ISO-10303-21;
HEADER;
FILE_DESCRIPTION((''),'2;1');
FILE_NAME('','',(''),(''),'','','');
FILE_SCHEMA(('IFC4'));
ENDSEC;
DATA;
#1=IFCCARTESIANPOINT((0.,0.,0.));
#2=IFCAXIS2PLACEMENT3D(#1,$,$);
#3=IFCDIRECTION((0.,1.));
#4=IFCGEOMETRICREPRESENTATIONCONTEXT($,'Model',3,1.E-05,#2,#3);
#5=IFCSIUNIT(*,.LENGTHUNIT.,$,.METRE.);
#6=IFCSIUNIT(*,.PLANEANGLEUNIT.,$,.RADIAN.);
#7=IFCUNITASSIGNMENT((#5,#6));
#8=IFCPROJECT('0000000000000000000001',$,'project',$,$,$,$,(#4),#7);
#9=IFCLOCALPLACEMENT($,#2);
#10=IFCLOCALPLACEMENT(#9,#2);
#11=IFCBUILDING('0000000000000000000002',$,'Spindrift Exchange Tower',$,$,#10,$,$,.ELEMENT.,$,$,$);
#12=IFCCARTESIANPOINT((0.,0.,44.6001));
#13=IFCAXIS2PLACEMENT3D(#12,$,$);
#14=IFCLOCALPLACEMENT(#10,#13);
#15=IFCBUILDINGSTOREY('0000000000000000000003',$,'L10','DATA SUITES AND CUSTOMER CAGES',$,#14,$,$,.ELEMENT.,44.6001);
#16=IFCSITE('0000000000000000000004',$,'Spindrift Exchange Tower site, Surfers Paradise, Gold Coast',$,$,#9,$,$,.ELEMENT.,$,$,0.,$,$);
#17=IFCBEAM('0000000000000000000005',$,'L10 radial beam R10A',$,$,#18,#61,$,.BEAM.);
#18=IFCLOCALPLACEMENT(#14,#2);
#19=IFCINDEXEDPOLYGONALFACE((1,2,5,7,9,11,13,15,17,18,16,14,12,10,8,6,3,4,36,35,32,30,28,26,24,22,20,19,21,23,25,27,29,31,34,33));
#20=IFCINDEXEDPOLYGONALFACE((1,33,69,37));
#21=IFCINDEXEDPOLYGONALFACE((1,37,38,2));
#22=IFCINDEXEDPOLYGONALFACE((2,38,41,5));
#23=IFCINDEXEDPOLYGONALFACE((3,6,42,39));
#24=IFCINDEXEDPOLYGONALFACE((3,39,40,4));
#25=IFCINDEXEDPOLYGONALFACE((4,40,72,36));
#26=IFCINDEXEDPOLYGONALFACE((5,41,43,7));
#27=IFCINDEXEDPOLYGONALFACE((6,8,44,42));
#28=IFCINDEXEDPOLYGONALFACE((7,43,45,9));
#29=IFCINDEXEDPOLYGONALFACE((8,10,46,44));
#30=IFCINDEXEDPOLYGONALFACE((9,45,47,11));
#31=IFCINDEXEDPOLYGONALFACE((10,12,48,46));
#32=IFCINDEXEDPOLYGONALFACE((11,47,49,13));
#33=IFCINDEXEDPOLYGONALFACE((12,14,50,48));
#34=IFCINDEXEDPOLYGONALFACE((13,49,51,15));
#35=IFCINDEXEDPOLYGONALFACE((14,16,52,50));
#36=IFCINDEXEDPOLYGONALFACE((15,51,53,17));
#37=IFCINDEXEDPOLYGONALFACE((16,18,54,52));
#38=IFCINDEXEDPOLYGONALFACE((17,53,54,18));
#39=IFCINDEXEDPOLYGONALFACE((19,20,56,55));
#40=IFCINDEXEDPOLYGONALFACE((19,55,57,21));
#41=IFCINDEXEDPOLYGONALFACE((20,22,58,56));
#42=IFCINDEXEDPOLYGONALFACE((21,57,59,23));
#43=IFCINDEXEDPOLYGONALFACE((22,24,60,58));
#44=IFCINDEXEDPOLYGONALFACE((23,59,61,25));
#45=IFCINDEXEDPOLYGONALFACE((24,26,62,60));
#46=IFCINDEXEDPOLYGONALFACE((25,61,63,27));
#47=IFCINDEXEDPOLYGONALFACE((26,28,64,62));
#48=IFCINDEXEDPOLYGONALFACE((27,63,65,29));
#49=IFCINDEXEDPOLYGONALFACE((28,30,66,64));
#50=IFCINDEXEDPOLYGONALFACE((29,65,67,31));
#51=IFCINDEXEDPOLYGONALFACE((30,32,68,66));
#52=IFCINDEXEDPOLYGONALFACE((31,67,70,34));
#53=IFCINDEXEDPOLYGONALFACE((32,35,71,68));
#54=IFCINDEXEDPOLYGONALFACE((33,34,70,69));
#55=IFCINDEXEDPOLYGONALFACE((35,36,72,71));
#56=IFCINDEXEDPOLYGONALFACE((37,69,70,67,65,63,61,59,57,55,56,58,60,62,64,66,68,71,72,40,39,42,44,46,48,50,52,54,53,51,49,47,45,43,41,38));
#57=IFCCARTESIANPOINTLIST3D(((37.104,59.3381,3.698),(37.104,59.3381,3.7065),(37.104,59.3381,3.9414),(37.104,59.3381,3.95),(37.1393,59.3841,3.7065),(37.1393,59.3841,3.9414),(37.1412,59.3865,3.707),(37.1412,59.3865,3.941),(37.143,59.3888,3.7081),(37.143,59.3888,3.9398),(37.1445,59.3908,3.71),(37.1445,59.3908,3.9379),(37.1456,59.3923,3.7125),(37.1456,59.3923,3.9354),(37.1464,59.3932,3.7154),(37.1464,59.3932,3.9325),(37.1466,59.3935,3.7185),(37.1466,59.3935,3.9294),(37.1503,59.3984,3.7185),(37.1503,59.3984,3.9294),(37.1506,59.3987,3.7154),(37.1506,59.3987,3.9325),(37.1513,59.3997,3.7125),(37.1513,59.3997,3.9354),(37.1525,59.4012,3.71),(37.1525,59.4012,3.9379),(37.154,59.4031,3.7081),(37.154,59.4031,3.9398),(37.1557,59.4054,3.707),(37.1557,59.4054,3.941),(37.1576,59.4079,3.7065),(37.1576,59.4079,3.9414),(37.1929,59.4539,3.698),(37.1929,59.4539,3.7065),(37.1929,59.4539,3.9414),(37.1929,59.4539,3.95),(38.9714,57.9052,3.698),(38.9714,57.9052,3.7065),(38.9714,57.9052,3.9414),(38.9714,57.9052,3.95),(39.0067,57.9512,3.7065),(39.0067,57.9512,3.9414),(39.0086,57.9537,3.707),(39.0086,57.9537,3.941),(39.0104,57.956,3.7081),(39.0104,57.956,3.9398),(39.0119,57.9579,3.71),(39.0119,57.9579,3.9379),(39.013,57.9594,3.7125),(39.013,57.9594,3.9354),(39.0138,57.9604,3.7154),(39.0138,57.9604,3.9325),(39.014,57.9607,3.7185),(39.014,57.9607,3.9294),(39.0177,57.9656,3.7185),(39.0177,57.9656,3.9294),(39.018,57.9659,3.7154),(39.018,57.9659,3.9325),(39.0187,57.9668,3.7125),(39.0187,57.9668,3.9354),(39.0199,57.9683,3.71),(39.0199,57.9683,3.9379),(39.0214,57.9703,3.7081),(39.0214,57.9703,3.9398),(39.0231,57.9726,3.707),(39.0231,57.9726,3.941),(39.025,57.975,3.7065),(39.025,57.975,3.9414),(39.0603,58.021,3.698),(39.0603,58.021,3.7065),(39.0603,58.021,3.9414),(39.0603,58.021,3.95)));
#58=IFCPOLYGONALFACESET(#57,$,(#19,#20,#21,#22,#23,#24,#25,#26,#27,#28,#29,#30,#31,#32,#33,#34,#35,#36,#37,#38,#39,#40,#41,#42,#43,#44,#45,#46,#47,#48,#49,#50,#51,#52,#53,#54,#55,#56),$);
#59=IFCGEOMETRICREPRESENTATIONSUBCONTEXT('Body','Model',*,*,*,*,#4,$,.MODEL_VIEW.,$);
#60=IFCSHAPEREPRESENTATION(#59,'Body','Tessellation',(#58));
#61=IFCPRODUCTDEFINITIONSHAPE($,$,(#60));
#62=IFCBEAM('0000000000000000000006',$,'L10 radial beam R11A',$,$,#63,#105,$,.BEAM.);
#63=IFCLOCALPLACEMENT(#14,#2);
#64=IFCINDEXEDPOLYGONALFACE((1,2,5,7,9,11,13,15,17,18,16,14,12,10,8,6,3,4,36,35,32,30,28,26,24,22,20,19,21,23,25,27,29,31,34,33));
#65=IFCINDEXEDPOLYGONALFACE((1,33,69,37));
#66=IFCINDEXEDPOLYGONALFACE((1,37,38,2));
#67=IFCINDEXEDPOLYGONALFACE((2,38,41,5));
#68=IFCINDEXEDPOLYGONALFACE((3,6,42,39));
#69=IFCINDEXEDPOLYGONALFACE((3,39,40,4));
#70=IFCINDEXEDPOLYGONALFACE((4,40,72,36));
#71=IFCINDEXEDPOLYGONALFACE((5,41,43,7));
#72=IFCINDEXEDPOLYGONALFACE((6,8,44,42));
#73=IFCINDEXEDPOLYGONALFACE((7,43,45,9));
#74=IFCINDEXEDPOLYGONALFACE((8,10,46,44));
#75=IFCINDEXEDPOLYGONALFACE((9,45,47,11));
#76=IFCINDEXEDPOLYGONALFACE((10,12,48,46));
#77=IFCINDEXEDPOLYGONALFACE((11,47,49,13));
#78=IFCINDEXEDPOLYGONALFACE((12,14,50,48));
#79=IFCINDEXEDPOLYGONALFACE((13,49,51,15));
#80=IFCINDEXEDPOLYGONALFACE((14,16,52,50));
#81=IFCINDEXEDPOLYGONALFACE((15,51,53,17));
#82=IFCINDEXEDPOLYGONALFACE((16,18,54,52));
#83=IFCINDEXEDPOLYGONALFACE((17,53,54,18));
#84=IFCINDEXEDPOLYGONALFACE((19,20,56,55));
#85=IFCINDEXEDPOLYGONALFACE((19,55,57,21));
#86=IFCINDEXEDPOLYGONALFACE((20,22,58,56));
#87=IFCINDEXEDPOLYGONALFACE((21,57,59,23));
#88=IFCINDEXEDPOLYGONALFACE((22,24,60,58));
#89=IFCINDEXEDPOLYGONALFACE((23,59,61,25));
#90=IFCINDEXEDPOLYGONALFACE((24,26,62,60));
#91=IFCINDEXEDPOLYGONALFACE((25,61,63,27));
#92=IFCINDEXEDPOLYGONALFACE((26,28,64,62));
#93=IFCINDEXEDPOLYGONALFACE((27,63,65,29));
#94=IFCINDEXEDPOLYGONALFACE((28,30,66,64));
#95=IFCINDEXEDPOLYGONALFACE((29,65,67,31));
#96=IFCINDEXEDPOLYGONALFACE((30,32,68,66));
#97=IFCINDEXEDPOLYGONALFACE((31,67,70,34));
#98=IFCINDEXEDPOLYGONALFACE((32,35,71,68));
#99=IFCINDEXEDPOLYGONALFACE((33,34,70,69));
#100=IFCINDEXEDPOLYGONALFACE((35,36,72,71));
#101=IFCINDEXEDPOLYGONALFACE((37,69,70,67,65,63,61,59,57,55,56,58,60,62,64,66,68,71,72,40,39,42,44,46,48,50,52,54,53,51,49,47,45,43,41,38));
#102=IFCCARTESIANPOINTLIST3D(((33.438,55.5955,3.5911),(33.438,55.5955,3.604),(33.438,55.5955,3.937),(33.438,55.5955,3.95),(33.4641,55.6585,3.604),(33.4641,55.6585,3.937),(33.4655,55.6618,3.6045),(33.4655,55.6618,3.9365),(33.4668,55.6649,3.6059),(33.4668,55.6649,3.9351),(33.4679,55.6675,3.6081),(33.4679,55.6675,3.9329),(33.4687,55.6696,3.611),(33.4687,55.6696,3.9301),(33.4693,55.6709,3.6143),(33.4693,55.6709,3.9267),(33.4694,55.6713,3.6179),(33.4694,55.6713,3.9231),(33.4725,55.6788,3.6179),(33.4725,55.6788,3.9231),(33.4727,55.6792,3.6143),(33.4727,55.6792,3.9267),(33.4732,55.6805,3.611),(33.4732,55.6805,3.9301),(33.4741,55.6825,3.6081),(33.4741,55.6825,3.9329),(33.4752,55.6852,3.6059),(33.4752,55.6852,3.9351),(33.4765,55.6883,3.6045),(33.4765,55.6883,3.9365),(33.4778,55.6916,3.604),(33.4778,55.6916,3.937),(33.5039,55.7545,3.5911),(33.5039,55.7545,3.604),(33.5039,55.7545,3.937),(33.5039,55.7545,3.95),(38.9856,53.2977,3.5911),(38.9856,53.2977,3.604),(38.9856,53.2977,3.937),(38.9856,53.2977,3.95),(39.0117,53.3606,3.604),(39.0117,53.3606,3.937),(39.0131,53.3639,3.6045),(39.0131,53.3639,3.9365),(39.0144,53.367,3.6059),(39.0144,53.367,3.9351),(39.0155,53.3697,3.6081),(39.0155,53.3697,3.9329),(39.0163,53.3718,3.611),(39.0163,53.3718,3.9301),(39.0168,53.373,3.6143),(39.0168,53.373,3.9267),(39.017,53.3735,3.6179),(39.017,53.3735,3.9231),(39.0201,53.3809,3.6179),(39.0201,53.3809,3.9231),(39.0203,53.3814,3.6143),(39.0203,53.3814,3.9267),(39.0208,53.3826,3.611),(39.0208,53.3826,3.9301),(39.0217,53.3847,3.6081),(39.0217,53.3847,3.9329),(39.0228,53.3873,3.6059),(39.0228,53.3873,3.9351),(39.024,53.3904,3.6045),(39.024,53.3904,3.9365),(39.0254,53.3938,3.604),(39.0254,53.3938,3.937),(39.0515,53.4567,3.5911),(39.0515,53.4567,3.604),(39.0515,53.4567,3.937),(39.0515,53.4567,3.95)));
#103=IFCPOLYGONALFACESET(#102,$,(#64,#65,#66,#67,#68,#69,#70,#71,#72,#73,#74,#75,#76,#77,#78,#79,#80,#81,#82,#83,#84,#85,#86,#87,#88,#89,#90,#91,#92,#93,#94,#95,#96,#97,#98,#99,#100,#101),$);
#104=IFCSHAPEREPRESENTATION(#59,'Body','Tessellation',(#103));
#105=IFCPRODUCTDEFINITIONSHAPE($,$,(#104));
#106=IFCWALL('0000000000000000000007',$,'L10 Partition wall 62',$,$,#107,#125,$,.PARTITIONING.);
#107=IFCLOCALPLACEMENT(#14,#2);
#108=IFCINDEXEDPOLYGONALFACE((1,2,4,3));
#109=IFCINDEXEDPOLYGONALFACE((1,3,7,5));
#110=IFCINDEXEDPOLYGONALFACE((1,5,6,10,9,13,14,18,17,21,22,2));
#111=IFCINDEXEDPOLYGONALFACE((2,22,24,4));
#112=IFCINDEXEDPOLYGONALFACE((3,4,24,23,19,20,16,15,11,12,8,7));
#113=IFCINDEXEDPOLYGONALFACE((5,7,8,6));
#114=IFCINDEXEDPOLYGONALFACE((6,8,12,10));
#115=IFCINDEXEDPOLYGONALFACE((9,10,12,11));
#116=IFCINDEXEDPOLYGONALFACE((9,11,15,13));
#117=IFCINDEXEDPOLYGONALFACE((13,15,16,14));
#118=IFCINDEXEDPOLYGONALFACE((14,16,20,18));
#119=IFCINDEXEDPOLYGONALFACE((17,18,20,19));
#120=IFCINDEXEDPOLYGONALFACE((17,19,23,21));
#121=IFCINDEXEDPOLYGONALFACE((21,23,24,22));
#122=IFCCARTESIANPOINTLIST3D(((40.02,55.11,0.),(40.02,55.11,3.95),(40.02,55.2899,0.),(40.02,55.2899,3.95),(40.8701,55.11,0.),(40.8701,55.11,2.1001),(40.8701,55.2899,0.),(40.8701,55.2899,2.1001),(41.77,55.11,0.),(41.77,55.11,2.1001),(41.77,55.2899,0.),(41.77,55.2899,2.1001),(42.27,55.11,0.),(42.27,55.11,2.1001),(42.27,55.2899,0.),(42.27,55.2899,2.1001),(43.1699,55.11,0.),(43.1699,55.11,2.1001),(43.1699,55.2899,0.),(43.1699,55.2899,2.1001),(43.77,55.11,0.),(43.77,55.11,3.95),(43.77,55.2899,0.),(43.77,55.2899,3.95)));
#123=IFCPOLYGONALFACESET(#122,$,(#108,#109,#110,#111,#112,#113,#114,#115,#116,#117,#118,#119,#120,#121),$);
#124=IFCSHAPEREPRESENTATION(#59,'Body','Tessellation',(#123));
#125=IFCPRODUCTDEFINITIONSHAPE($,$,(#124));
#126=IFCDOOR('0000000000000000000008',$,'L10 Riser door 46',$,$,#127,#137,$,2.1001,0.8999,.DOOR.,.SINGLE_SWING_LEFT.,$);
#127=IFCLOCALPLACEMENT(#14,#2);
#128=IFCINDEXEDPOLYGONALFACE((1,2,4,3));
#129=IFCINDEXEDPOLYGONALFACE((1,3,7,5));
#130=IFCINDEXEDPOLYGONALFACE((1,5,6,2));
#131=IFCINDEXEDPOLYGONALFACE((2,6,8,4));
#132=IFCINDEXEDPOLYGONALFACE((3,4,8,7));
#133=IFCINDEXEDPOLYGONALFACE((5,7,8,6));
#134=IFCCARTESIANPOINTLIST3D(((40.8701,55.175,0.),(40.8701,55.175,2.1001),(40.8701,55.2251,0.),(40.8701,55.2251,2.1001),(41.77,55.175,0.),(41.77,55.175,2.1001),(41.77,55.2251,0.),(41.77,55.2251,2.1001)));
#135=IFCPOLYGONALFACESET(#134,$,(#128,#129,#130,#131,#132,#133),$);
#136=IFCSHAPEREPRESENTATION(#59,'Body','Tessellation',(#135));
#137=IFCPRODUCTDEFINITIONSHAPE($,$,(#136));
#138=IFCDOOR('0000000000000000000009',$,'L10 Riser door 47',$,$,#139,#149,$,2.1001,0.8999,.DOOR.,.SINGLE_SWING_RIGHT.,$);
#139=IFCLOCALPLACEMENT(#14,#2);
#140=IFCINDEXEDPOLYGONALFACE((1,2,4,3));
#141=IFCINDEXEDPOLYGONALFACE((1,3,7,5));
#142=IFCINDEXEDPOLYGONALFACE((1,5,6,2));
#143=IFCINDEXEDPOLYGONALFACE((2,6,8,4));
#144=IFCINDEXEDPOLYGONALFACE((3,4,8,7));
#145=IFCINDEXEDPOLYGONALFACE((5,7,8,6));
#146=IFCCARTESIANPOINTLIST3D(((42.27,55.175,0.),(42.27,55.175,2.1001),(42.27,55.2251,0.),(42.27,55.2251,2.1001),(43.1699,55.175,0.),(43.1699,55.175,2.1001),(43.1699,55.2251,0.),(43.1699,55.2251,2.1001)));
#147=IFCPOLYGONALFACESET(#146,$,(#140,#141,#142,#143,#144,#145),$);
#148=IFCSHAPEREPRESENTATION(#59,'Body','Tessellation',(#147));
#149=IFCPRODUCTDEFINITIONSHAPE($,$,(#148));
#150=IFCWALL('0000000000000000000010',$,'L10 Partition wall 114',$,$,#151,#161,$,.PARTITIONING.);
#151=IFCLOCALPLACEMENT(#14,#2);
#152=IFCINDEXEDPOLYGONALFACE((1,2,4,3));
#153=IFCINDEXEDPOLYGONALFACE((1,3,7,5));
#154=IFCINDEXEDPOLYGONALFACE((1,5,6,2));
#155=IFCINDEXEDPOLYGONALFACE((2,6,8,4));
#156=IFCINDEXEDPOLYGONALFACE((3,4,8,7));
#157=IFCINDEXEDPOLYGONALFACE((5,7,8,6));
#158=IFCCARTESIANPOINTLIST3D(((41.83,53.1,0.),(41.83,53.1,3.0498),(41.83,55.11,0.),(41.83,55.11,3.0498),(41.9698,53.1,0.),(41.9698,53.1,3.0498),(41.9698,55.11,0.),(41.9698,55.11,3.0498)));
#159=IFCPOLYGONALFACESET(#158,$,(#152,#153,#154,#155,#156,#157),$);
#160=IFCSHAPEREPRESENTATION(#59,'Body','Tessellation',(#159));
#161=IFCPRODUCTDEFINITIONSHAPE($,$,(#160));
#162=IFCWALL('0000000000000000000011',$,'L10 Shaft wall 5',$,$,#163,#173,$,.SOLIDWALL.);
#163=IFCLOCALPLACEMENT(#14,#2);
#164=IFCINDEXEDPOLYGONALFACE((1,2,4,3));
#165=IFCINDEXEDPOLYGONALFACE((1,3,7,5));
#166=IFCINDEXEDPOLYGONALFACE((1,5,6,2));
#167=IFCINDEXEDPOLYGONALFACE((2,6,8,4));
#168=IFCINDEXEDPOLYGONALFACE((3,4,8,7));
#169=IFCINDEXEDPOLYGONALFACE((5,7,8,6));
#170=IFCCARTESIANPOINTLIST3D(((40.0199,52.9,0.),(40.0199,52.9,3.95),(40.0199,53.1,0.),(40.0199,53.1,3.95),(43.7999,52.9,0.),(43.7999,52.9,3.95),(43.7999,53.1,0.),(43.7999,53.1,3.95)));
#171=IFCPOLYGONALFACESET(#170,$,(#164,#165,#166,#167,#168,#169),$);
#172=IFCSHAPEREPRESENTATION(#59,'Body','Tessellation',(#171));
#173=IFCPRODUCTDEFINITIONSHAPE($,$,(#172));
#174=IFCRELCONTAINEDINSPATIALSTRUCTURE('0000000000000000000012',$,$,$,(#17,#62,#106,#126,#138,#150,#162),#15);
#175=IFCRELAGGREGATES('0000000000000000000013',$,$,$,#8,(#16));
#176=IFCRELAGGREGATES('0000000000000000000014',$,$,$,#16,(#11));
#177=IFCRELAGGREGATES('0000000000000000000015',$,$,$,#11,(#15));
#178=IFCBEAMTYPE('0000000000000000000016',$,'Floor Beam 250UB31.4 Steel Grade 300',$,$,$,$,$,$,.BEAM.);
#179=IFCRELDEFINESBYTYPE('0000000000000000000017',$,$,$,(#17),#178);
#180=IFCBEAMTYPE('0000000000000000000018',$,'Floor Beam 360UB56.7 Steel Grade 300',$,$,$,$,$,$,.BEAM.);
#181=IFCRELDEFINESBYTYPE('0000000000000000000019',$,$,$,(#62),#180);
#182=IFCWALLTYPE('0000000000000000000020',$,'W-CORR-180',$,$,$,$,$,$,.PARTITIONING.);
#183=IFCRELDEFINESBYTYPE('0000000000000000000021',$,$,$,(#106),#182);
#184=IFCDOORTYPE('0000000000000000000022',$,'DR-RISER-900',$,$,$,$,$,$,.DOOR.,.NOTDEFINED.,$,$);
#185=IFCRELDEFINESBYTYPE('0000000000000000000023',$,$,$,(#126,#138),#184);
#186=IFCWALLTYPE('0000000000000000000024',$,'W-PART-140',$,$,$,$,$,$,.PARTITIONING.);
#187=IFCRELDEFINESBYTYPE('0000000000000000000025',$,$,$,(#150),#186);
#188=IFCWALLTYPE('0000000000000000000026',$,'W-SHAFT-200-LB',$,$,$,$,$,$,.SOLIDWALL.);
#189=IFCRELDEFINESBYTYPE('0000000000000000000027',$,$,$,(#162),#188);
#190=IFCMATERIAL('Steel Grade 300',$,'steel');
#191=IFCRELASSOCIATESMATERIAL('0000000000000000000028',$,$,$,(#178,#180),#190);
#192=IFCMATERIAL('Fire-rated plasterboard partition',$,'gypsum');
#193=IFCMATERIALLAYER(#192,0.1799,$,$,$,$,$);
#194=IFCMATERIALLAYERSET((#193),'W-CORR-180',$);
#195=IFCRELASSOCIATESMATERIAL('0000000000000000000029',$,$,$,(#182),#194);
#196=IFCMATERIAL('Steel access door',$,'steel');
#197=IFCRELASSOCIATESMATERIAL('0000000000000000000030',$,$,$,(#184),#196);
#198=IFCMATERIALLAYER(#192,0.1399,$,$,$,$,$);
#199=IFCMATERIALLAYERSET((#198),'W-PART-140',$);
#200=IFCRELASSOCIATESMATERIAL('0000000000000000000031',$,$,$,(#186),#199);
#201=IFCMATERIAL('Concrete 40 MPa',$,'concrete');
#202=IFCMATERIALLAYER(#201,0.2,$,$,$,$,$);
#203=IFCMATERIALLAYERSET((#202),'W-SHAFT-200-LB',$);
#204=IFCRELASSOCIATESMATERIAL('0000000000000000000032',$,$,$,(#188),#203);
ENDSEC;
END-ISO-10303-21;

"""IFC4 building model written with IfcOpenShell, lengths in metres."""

from ifc_helpers import new_model, si_unit, direction, frame, frame_2d, origin, origin_2d, place, context, subcontext, project, spatial, rectangle, i_section, extrude, source, transform, mapped, material, layer, layer_set, material_profile, profile_set, type_object, element, fill, save


model = new_model("IFC4")

# Units and contexts
model_context = context("Model", 3, precision=1e-05, world=origin(), true_north=direction((0.0, 1.0)))
body_context = subcontext(model_context, "Body", "Model", "MODEL_VIEW")
ifc_project = project(units=[si_unit("LENGTHUNIT", "METRE"), si_unit("PLANEANGLEUNIT", "RADIAN")], contexts=[model_context])

# Site, building, storey
site_placement = place(None, origin())
site = spatial("IfcSite", under=ifc_project, at=site_placement, Name="Spindrift Exchange Tower site, Surfers Paradise, Gold Coast", CompositionType="ELEMENT", RefElevation=0.0)
building_placement = place(site_placement, origin())
building = spatial("IfcBuilding", under=site, at=building_placement, Name="Spindrift Exchange Tower", CompositionType="ELEMENT")
storey_placement = place(building_placement, frame((0.0, 0.0, 44.6001)))
storey = spatial("IfcBuildingStorey", under=building, at=storey_placement, Name="L10", Description="DATA SUITES AND CUSTOMER CAGES", CompositionType="ELEMENT", Elevation=44.6001)

# Beams
ifc_material_1 = material(Name="Steel Grade 300", Category="steel")
ifc_material_profile_1 = material_profile(ifc_material_1, i_section(OverallWidth=0.146, OverallDepth=0.252, WebThickness=0.0061, FlangeThickness=0.0085, FilletRadius=0.012, at=origin_2d()), Name="250UB31.4")
ifc_profile_set_1 = profile_set([ifc_material_profile_1], Name="Steel Grade 300")
beam_type_1 = type_object("IfcBeamType", Name="Floor Beam 250UB31.4 Steel Grade 300", PredefinedType="BEAM", material=ifc_profile_set_1)
shared_shape_1 = source(origin(), body_context, "Body", "SweptSolid", [
    extrude(i_section(OverallWidth=0.146, OverallDepth=0.252, WebThickness=0.0061, FlangeThickness=0.0085, FilletRadius=0.012, at=origin_2d()), origin(), (0.0, 0.0, 1.0), 2.3538),
])
beam_1_placement = place(storey_placement, frame((39.0159, 57.9631, 3.824), z_axis=(-0.793368, 0.608743, 0.0), x_axis=(-0.608743, -0.793368, 0.0)))
element("IfcBeam", 1, at=beam_1_placement, inside=storey, type_object=beam_type_1, Name="L10 radial beam R10A", PredefinedType="BEAM", context=body_context, shape_type="MappedRepresentation", body=[
    mapped(shared_shape_1, transform((0.0, 0.0, 0.0), scale=1.0)),
])
ifc_material_profile_2 = material_profile(ifc_material_1, i_section(OverallWidth=0.1721, OverallDepth=0.3589, WebThickness=0.0081, FlangeThickness=0.0129, FilletRadius=0.0139, at=origin_2d()), Name="360UB56.7")
ifc_profile_set_2 = profile_set([ifc_material_profile_2], Name="Steel Grade 300")
beam_type_2 = type_object("IfcBeamType", Name="Floor Beam 360UB56.7 Steel Grade 300", PredefinedType="BEAM", material=ifc_profile_set_2)
shared_shape_2 = source(origin(), body_context, "Body", "SweptSolid", [
    extrude(i_section(OverallWidth=0.1721, OverallDepth=0.3589, WebThickness=0.0081, FlangeThickness=0.0129, FilletRadius=0.0139, at=origin_2d()), origin(), (0.0, 0.0, 1.0), 6.0046),
])
beam_2_placement = place(storey_placement, frame((39.0186, 53.3772, 3.7705), z_axis=(-0.923882, 0.382677, 0.0), x_axis=(-0.382677, -0.923882, 0.0)))
element("IfcBeam", 2, at=beam_2_placement, inside=storey, type_object=beam_type_2, Name="L10 radial beam R11A", PredefinedType="BEAM", context=body_context, shape_type="MappedRepresentation", body=[
    mapped(shared_shape_2, transform((0.0, 0.0, 0.0), scale=1.0)),
])

# Wall, openings, doors
ifc_material_2 = material(Name="Fire-rated plasterboard partition", Category="gypsum")
ifc_layer_1 = layer(ifc_material_2, 0.1799)
ifc_layer_set_1 = layer_set([ifc_layer_1], Name="W-CORR-180")
wall_type_1 = type_object("IfcWallType", Name="W-CORR-180", PredefinedType="PARTITIONING", material=ifc_layer_set_1)
wall_1_placement = place(storey_placement, frame((43.77, 55.2, 0.0), z_axis=(0.0, 0.0, 1.0), x_axis=(-1.0, 0.0, 0.0)))
wall_1 = element("IfcWall", 3, at=wall_1_placement, inside=storey, type_object=wall_type_1, Name="L10 Partition wall 62", PredefinedType="PARTITIONING", context=body_context, shape_type="SweptSolid", body=[
    extrude(rectangle(XDim=3.75, YDim=0.1799, at=frame_2d((1.875, 0.0))), origin(), (0.0, 0.0, 1.0), 3.95),
])
opening_1_placement = place(wall_1_placement, frame((2.0, 0.0, 0.0)))
opening_1 = element("IfcOpeningElement", 4, at=opening_1_placement, cuts=wall_1, PredefinedType="OPENING", context=body_context, shape_type="SweptSolid", body=[
    extrude(rectangle(XDim=0.8999, YDim=2.1001, at=frame_2d((0.45, 1.05))), frame((0.0, 0.0999, 0.0), z_axis=(0.0, -1.0, 0.0), x_axis=(1.0, 0.0, 0.0)), (0.0, 0.0, 1.0), 0.2),
])
opening_2_placement = place(wall_1_placement, frame((0.6001, 0.0, 0.0)))
opening_2 = element("IfcOpeningElement", 5, at=opening_2_placement, cuts=wall_1, PredefinedType="OPENING", context=body_context, shape_type="SweptSolid", body=[
    extrude(rectangle(XDim=0.8999, YDim=2.1001, at=frame_2d((0.45, 1.05))), frame((0.0, 0.0999, 0.0), z_axis=(0.0, -1.0, 0.0), x_axis=(1.0, 0.0, 0.0)), (0.0, 0.0, 1.0), 0.2),
])
ifc_material_3 = material(Name="Steel access door", Category="steel")
door_type = type_object("IfcDoorType", Name="DR-RISER-900", OperationType="NOTDEFINED", PredefinedType="DOOR", material=ifc_material_3)
shared_shape_3 = source(origin(), body_context, "Body", "SweptSolid", [
    extrude(rectangle(XDim=0.8999, YDim=2.1001, at=frame_2d((0.45, 1.05))), frame((0.0, 0.0249, 0.0), z_axis=(0.0, -1.0, 0.0), x_axis=(1.0, 0.0, 0.0)), (0.0, 0.0, 1.0), 0.05),
])
door_1_placement = place(opening_1_placement, origin())
door_1 = element("IfcDoor", 6, at=door_1_placement, inside=storey, type_object=door_type, Name="L10 Riser door 46", OperationType="SINGLE_SWING_LEFT", OverallHeight=2.1001, OverallWidth=0.8999, PredefinedType="DOOR", context=body_context, shape_type="MappedRepresentation", body=[
    mapped(shared_shape_3, transform((0.0, 0.0, 0.0), scale=1.0)),
])
fill(opening_1, door_1)
door_2_placement = place(opening_2_placement, origin())
door_2 = element("IfcDoor", 7, at=door_2_placement, inside=storey, type_object=door_type, Name="L10 Riser door 47", OperationType="SINGLE_SWING_RIGHT", OverallHeight=2.1001, OverallWidth=0.8999, PredefinedType="DOOR", context=body_context, shape_type="MappedRepresentation", body=[
    mapped(shared_shape_3, transform((0.0, 0.0, 0.0), scale=1.0)),
])
fill(opening_2, door_2)

# Walls
ifc_layer_2 = layer(ifc_material_2, 0.1399)
ifc_layer_set_2 = layer_set([ifc_layer_2], Name="W-PART-140")
wall_type_2 = type_object("IfcWallType", Name="W-PART-140", PredefinedType="PARTITIONING", material=ifc_layer_set_2)
wall_2_placement = place(storey_placement, frame((41.8999, 53.1001, 0.0), z_axis=(0.0, 0.0, 1.0), x_axis=(0.0, 1.0, 0.0)))
element("IfcWall", 8, at=wall_2_placement, inside=storey, type_object=wall_type_2, Name="L10 Partition wall 114", PredefinedType="PARTITIONING", context=body_context, shape_type="SweptSolid", body=[
    extrude(rectangle(XDim=2.01, YDim=0.1399, at=frame_2d((1.0049, 0.0))), origin(), (0.0, 0.0, 1.0), 3.0498),
])
ifc_material_4 = material(Name="Concrete 40 MPa", Category="concrete")
ifc_layer_3 = layer(ifc_material_4, 0.2)
ifc_layer_set_3 = layer_set([ifc_layer_3], Name="W-SHAFT-200-LB")
wall_type_3 = type_object("IfcWallType", Name="W-SHAFT-200-LB", PredefinedType="SOLIDWALL", material=ifc_layer_set_3)
wall_3_placement = place(storey_placement, frame((43.8, 53.0, 0.0), z_axis=(0.0, 0.0, 1.0), x_axis=(-1.0, 0.0, 0.0)))
element("IfcWall", 9, at=wall_3_placement, inside=storey, type_object=wall_type_3, Name="L10 Shaft wall 5", PredefinedType="SOLIDWALL", context=body_context, shape_type="SweptSolid", body=[
    extrude(rectangle(XDim=3.78, YDim=0.2, at=frame_2d((1.8901, 0.0))), origin(), (0.0, 0.0, 1.0), 3.95),
])

save(model, "model.ifc")
